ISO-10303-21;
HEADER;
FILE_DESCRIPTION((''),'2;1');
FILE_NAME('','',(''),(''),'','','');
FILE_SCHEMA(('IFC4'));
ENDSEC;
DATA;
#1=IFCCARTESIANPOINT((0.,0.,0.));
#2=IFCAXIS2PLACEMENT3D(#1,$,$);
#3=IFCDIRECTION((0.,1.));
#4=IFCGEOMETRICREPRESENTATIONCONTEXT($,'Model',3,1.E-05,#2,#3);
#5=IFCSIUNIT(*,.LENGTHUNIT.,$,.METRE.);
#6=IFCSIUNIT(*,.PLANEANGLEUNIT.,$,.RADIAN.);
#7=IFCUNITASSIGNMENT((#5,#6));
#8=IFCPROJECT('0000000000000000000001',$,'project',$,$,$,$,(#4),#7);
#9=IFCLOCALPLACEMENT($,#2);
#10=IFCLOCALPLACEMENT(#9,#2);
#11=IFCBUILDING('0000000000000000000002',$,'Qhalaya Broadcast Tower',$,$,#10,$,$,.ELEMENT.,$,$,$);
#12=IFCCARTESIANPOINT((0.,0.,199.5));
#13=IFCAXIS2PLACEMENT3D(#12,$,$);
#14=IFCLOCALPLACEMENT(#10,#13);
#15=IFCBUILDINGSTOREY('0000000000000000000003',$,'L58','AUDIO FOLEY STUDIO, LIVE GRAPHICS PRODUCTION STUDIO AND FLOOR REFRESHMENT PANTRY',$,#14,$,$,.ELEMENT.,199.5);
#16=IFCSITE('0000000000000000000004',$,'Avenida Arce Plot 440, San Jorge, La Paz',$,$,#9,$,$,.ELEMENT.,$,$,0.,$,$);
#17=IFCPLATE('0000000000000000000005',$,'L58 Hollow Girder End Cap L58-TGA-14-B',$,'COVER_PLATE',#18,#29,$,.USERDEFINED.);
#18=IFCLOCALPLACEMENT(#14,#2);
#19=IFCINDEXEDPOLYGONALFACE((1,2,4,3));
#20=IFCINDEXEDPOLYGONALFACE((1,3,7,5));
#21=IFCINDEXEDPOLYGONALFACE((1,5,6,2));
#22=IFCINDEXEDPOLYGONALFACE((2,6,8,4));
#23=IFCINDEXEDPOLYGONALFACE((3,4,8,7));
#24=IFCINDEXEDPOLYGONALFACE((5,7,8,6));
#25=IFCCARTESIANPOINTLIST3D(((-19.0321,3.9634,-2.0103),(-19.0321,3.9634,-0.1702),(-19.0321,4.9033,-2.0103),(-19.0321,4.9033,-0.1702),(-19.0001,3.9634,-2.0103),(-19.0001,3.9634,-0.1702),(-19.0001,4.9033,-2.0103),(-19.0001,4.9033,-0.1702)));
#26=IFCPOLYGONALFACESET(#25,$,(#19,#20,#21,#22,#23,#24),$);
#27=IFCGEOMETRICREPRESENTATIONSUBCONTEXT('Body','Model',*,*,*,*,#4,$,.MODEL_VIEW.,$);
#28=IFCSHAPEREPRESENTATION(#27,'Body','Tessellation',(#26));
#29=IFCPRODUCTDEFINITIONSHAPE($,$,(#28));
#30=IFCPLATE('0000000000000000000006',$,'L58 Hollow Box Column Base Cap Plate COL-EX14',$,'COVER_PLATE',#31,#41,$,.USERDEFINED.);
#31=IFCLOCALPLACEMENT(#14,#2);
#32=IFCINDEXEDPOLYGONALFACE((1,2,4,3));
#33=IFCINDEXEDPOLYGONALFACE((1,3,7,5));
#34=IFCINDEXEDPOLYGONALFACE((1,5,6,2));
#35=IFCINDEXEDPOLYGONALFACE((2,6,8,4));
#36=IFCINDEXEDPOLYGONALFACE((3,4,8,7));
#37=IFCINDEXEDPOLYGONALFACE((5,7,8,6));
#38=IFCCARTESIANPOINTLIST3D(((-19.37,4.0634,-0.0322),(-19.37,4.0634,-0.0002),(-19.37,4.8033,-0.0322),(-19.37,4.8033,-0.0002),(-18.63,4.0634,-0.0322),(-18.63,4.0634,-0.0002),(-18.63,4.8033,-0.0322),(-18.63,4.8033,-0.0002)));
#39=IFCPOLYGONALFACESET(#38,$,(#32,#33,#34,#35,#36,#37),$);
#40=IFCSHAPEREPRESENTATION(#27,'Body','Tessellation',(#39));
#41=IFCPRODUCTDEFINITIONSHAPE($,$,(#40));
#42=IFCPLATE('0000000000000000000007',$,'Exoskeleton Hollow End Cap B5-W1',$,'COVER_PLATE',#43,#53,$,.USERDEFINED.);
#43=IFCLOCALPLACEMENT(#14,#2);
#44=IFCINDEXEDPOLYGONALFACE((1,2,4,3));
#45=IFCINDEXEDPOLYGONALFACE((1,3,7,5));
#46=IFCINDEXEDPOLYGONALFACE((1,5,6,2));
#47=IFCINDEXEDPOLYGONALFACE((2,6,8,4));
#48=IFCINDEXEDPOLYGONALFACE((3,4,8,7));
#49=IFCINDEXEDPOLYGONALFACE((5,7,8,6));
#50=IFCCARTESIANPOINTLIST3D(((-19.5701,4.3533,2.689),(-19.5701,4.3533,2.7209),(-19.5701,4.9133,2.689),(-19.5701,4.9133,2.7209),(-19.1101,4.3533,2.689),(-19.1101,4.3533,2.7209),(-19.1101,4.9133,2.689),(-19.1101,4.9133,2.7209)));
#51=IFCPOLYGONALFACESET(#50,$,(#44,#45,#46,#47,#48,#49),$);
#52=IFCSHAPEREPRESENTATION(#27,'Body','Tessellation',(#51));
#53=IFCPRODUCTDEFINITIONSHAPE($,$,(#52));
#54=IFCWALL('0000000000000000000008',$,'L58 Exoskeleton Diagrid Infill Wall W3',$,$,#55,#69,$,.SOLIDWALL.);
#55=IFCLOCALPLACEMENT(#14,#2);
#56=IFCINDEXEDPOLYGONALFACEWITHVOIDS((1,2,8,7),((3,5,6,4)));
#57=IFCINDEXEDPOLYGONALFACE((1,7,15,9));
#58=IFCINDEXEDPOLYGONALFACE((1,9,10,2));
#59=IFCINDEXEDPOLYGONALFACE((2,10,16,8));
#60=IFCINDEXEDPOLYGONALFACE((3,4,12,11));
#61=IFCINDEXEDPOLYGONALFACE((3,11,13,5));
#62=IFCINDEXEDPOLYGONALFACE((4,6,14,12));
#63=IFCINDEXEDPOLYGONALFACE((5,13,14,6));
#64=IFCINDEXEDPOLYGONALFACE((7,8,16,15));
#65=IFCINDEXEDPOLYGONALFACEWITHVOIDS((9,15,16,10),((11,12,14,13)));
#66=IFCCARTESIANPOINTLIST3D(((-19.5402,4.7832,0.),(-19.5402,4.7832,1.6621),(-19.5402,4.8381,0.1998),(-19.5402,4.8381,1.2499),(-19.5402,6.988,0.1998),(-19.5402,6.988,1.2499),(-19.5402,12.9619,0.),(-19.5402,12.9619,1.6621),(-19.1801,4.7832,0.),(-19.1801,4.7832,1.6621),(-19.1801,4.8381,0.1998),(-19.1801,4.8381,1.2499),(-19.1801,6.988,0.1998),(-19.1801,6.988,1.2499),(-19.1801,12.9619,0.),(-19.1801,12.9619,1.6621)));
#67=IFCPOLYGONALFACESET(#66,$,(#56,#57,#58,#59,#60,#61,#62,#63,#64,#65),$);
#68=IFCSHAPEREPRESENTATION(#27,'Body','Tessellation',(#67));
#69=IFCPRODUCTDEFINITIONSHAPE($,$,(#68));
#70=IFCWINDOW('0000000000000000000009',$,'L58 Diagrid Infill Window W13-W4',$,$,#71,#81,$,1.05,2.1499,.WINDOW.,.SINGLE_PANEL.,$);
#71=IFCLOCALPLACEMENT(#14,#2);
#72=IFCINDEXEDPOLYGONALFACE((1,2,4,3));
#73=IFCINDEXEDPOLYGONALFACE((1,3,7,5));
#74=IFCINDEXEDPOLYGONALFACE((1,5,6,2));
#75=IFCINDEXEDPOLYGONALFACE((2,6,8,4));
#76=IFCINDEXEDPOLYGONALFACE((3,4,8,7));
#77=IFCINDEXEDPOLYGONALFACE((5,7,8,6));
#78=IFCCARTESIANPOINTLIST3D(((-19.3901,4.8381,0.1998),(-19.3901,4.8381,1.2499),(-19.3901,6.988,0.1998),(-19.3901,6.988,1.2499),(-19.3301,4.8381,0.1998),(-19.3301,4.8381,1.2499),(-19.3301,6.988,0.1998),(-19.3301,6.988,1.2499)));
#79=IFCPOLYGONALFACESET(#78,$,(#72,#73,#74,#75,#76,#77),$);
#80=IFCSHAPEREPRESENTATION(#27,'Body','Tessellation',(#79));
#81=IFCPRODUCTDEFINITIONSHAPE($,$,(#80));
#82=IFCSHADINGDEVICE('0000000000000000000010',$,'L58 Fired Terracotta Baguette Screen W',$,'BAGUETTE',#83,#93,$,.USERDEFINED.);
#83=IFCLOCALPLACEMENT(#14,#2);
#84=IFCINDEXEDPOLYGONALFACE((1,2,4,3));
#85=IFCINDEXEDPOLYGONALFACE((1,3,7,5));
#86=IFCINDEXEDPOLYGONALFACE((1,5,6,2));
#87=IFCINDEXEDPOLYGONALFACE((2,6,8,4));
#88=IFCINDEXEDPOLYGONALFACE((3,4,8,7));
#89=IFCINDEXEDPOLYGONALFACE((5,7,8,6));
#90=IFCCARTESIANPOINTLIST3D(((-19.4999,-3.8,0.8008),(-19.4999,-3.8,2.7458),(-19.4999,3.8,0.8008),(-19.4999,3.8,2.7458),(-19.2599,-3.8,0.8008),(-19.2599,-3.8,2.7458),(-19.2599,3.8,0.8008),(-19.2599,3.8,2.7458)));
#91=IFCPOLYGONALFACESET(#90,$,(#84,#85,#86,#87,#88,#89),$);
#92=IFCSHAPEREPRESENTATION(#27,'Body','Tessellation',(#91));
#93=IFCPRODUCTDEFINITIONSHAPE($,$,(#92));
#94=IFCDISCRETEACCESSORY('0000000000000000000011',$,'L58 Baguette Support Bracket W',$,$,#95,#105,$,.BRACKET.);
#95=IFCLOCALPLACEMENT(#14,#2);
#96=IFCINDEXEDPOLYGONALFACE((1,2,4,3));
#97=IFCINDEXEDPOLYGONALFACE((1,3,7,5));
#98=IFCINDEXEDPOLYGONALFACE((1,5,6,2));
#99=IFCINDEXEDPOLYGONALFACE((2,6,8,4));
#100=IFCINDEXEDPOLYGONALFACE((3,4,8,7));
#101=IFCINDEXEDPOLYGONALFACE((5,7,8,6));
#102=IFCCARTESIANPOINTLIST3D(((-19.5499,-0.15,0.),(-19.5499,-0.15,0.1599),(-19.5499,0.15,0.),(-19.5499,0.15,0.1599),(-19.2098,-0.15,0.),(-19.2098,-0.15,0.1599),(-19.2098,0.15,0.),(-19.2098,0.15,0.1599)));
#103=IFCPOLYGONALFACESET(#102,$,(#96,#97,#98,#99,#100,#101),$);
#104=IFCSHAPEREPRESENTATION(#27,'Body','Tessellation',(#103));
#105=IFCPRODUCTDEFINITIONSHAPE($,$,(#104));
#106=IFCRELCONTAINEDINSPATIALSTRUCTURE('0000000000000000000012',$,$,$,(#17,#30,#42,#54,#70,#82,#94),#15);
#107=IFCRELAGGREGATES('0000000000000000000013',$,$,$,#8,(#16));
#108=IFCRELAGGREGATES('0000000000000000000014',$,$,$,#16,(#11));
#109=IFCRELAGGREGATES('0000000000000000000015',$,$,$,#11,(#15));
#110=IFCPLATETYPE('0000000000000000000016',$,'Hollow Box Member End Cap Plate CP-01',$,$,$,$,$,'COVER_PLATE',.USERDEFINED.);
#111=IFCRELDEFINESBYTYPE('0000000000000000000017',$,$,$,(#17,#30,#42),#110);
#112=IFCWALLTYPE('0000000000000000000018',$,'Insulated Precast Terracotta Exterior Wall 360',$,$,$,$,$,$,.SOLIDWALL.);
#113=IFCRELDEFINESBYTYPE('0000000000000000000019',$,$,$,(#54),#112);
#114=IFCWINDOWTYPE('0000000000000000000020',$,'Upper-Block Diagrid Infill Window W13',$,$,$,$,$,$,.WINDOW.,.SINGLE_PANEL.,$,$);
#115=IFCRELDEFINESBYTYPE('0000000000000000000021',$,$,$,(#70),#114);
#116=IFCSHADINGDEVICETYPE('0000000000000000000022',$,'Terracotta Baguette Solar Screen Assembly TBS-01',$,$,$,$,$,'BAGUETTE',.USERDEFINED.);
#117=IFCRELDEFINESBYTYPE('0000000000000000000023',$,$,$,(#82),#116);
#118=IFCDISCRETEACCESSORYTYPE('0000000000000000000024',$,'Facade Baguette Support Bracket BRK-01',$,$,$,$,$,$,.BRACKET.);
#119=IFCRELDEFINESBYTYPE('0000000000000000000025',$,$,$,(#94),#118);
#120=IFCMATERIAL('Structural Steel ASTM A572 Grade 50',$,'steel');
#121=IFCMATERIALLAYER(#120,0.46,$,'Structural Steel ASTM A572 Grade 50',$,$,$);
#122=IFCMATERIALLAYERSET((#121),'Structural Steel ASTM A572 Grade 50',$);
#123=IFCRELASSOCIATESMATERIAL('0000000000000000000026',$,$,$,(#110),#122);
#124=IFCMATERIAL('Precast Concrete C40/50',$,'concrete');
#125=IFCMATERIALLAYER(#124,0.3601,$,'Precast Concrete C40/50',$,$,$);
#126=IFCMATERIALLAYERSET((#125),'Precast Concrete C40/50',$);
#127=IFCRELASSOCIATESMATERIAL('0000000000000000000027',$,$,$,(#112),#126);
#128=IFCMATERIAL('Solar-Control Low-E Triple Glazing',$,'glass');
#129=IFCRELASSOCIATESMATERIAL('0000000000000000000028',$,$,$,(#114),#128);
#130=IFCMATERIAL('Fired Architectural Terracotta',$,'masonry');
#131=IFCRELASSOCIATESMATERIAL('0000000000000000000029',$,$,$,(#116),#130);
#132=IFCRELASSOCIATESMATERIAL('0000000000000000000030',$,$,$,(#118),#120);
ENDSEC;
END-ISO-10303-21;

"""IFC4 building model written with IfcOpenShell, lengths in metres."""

from ifc_helpers import new_model, si_unit, direction, frame, frame_2d, origin, origin_2d, place, context, subcontext, project, spatial, rectangle, extrude, material, layer, layer_set, type_object, element, fill, save


model = new_model("IFC4")

# Units and contexts
model_context = context("Model", 3, precision=1e-05, world=origin(), true_north=direction((0.0, 1.0)))
body_context = subcontext(model_context, "Body", "Model", "MODEL_VIEW")
ifc_project = project(units=[si_unit("LENGTHUNIT", "METRE"), si_unit("PLANEANGLEUNIT", "RADIAN")], contexts=[model_context])

# Site, building, storey
site_placement = place(None, origin())
site = spatial("IfcSite", under=ifc_project, at=site_placement, Name="Avenida Arce Plot 440, San Jorge, La Paz", CompositionType="ELEMENT", RefElevation=0.0)
building_placement = place(site_placement, origin())
building = spatial("IfcBuilding", under=site, at=building_placement, Name="Qhalaya Broadcast Tower", CompositionType="ELEMENT")
storey_placement = place(building_placement, frame((0.0, 0.0, 199.5)))
storey = spatial("IfcBuildingStorey", under=building, at=storey_placement, Name="L58", Description="AUDIO FOLEY STUDIO, LIVE GRAPHICS PRODUCTION STUDIO AND FLOOR REFRESHMENT PANTRY", CompositionType="ELEMENT", Elevation=199.5)

# Shared definitions
ifc_material_1 = material(Name="Structural Steel ASTM A572 Grade 50", Category="steel")

# Plates
ifc_layer_1 = layer(ifc_material_1, 0.46, Name="Structural Steel ASTM A572 Grade 50")
ifc_layer_set_1 = layer_set([ifc_layer_1], Name="Structural Steel ASTM A572 Grade 50")
plate_type_1 = type_object("IfcPlateType", Name="Hollow Box Member End Cap Plate CP-01", ElementType="COVER_PLATE", PredefinedType="USERDEFINED", material=ifc_layer_set_1)
for number, where, z_axis, x_axis, name in (
    (1, (-19.0161, 4.4333, -2.0103), (0.0, 0.0, 1.0), (0.0, -1.0, 0.0), "L58 Hollow Girder End Cap L58-TGA-14-B"),
):
    element("IfcPlate", number, at=place(storey_placement, frame(where, z_axis=z_axis, x_axis=x_axis)), inside=storey, type_object=plate_type_1, Name=name, ObjectType="COVER_PLATE", PredefinedType="USERDEFINED", context=body_context, shape_type="SweptSolid", body=[
        extrude(rectangle(XDim=0.9399, YDim=0.032, at=origin_2d()), origin(), (0.0, 0.0, 1.0), 1.8401),
    ])
plate_1_placement = place(storey_placement, frame((-19.0, 4.4333, -0.0322), z_axis=(0.0, 0.0, 1.0), x_axis=(0.0, 1.0, 0.0)))
element("IfcPlate", 2, at=plate_1_placement, inside=storey, type_object=plate_type_1, Name="L58 Hollow Box Column Base Cap Plate COL-EX14", ObjectType="COVER_PLATE", PredefinedType="USERDEFINED", context=body_context, shape_type="SweptSolid", body=[
    extrude(rectangle(XDim=0.74, YDim=0.74, at=origin_2d()), origin(), (0.0, 0.0, 1.0), 0.032),
])
plate_2_placement = place(storey_placement, frame((-19.3401, 4.6333, 2.689), z_axis=(0.0, 0.0, 1.0), x_axis=(0.0, 1.0, 0.0)))
element("IfcPlate", 3, at=plate_2_placement, inside=storey, type_object=plate_type_1, Name="Exoskeleton Hollow End Cap B5-W1", ObjectType="COVER_PLATE", PredefinedType="USERDEFINED", context=body_context, shape_type="SweptSolid", body=[
    extrude(rectangle(XDim=0.5601, YDim=0.46, at=origin_2d()), origin(), (0.0, 0.0, 1.0), 0.032),
])

# Wall, opening, window
ifc_material_2 = material(Name="Precast Concrete C40/50", Category="concrete")
ifc_layer_2 = layer(ifc_material_2, 0.3601, Name="Precast Concrete C40/50")
ifc_layer_set_2 = layer_set([ifc_layer_2], Name="Precast Concrete C40/50")
wall_type = type_object("IfcWallType", Name="Insulated Precast Terracotta Exterior Wall 360", PredefinedType="SOLIDWALL", material=ifc_layer_set_2)
wall_placement = place(storey_placement, frame((-19.3601, 4.7832, 0.0), z_axis=(0.0, 0.0, 1.0), x_axis=(0.0, 1.0, 0.0)))
wall = element("IfcWall", 4, at=wall_placement, inside=storey, type_object=wall_type, Name="L58 Exoskeleton Diagrid Infill Wall W3", PredefinedType="SOLIDWALL", context=body_context, shape_type="SweptSolid", body=[
    extrude(rectangle(XDim=8.1787, YDim=0.3601, at=frame_2d((4.0894, 0.0))), origin(), (0.0, 0.0, 1.0), 1.6621),
])
opening_placement = place(wall_placement, frame((0.0549, 0.0, 0.2)))
opening = element("IfcOpeningElement", 5, at=opening_placement, cuts=wall, PredefinedType="OPENING", context=body_context, shape_type="SweptSolid", body=[
    extrude(rectangle(XDim=2.1499, YDim=1.05, at=frame_2d((1.075, 0.5249))), frame((0.0, 0.1921, 0.0), z_axis=(0.0, -1.0, 0.0), x_axis=(1.0, 0.0, 0.0)), (0.0, 0.0, 1.0), 0.384),
])
ifc_material_3 = material(Name="Solar-Control Low-E Triple Glazing", Category="glass")
window_type = type_object("IfcWindowType", Name="Upper-Block Diagrid Infill Window W13", PartitioningType="SINGLE_PANEL", PredefinedType="WINDOW", material=ifc_material_3)
window_placement = place(opening_placement, origin())
window = element("IfcWindow", 6, at=window_placement, inside=storey, type_object=window_type, Name="L58 Diagrid Infill Window W13-W4", OverallHeight=1.05, OverallWidth=2.1499, PartitioningType="SINGLE_PANEL", PredefinedType="WINDOW", context=body_context, shape_type="SweptSolid", body=[
    extrude(rectangle(XDim=2.1499, YDim=1.05, at=frame_2d((1.075, 0.5249))), frame((0.0, 0.03, 0.0), z_axis=(0.0, -1.0, 0.0), x_axis=(1.0, 0.0, 0.0)), (0.0, 0.0, 1.0), 0.0601),
])
fill(opening, window)

# Shading device
ifc_material_4 = material(Name="Fired Architectural Terracotta", Category="masonry")
shading_device_type = type_object("IfcShadingDeviceType", Name="Terracotta Baguette Solar Screen Assembly TBS-01", ElementType="BAGUETTE", PredefinedType="USERDEFINED", material=ifc_material_4)
shading_device_placement = place(storey_placement, frame((-19.3799, 0.0, 0.8008), z_axis=(0.0, 0.0, 1.0), x_axis=(0.0, -1.0, 0.0)))
element("IfcShadingDevice", 7, at=shading_device_placement, inside=storey, type_object=shading_device_type, Name="L58 Fired Terracotta Baguette Screen W", ObjectType="BAGUETTE", PredefinedType="USERDEFINED", context=body_context, shape_type="SweptSolid", body=[
    extrude(rectangle(XDim=7.6001, YDim=0.24, at=origin_2d()), origin(), (0.0, 0.0, 1.0), 1.9451),
])

# Discrete accessory
discrete_accessory_type = type_object("IfcDiscreteAccessoryType", Name="Facade Baguette Support Bracket BRK-01", PredefinedType="BRACKET", material=ifc_material_1)
discrete_accessory_placement = place(storey_placement, frame((-19.3799, 0.0, 0.0), z_axis=(0.0, 0.0, 1.0), x_axis=(0.0, -1.0, 0.0)))
element("IfcDiscreteAccessory", 8, at=discrete_accessory_placement, inside=storey, type_object=discrete_accessory_type, Name="L58 Baguette Support Bracket W", PredefinedType="BRACKET", context=body_context, shape_type="SweptSolid", body=[
    extrude(rectangle(XDim=0.3, YDim=0.3401, at=origin_2d()), origin(), (0.0, 0.0, 1.0), 0.1599),
])

save(model, "model.ifc")
